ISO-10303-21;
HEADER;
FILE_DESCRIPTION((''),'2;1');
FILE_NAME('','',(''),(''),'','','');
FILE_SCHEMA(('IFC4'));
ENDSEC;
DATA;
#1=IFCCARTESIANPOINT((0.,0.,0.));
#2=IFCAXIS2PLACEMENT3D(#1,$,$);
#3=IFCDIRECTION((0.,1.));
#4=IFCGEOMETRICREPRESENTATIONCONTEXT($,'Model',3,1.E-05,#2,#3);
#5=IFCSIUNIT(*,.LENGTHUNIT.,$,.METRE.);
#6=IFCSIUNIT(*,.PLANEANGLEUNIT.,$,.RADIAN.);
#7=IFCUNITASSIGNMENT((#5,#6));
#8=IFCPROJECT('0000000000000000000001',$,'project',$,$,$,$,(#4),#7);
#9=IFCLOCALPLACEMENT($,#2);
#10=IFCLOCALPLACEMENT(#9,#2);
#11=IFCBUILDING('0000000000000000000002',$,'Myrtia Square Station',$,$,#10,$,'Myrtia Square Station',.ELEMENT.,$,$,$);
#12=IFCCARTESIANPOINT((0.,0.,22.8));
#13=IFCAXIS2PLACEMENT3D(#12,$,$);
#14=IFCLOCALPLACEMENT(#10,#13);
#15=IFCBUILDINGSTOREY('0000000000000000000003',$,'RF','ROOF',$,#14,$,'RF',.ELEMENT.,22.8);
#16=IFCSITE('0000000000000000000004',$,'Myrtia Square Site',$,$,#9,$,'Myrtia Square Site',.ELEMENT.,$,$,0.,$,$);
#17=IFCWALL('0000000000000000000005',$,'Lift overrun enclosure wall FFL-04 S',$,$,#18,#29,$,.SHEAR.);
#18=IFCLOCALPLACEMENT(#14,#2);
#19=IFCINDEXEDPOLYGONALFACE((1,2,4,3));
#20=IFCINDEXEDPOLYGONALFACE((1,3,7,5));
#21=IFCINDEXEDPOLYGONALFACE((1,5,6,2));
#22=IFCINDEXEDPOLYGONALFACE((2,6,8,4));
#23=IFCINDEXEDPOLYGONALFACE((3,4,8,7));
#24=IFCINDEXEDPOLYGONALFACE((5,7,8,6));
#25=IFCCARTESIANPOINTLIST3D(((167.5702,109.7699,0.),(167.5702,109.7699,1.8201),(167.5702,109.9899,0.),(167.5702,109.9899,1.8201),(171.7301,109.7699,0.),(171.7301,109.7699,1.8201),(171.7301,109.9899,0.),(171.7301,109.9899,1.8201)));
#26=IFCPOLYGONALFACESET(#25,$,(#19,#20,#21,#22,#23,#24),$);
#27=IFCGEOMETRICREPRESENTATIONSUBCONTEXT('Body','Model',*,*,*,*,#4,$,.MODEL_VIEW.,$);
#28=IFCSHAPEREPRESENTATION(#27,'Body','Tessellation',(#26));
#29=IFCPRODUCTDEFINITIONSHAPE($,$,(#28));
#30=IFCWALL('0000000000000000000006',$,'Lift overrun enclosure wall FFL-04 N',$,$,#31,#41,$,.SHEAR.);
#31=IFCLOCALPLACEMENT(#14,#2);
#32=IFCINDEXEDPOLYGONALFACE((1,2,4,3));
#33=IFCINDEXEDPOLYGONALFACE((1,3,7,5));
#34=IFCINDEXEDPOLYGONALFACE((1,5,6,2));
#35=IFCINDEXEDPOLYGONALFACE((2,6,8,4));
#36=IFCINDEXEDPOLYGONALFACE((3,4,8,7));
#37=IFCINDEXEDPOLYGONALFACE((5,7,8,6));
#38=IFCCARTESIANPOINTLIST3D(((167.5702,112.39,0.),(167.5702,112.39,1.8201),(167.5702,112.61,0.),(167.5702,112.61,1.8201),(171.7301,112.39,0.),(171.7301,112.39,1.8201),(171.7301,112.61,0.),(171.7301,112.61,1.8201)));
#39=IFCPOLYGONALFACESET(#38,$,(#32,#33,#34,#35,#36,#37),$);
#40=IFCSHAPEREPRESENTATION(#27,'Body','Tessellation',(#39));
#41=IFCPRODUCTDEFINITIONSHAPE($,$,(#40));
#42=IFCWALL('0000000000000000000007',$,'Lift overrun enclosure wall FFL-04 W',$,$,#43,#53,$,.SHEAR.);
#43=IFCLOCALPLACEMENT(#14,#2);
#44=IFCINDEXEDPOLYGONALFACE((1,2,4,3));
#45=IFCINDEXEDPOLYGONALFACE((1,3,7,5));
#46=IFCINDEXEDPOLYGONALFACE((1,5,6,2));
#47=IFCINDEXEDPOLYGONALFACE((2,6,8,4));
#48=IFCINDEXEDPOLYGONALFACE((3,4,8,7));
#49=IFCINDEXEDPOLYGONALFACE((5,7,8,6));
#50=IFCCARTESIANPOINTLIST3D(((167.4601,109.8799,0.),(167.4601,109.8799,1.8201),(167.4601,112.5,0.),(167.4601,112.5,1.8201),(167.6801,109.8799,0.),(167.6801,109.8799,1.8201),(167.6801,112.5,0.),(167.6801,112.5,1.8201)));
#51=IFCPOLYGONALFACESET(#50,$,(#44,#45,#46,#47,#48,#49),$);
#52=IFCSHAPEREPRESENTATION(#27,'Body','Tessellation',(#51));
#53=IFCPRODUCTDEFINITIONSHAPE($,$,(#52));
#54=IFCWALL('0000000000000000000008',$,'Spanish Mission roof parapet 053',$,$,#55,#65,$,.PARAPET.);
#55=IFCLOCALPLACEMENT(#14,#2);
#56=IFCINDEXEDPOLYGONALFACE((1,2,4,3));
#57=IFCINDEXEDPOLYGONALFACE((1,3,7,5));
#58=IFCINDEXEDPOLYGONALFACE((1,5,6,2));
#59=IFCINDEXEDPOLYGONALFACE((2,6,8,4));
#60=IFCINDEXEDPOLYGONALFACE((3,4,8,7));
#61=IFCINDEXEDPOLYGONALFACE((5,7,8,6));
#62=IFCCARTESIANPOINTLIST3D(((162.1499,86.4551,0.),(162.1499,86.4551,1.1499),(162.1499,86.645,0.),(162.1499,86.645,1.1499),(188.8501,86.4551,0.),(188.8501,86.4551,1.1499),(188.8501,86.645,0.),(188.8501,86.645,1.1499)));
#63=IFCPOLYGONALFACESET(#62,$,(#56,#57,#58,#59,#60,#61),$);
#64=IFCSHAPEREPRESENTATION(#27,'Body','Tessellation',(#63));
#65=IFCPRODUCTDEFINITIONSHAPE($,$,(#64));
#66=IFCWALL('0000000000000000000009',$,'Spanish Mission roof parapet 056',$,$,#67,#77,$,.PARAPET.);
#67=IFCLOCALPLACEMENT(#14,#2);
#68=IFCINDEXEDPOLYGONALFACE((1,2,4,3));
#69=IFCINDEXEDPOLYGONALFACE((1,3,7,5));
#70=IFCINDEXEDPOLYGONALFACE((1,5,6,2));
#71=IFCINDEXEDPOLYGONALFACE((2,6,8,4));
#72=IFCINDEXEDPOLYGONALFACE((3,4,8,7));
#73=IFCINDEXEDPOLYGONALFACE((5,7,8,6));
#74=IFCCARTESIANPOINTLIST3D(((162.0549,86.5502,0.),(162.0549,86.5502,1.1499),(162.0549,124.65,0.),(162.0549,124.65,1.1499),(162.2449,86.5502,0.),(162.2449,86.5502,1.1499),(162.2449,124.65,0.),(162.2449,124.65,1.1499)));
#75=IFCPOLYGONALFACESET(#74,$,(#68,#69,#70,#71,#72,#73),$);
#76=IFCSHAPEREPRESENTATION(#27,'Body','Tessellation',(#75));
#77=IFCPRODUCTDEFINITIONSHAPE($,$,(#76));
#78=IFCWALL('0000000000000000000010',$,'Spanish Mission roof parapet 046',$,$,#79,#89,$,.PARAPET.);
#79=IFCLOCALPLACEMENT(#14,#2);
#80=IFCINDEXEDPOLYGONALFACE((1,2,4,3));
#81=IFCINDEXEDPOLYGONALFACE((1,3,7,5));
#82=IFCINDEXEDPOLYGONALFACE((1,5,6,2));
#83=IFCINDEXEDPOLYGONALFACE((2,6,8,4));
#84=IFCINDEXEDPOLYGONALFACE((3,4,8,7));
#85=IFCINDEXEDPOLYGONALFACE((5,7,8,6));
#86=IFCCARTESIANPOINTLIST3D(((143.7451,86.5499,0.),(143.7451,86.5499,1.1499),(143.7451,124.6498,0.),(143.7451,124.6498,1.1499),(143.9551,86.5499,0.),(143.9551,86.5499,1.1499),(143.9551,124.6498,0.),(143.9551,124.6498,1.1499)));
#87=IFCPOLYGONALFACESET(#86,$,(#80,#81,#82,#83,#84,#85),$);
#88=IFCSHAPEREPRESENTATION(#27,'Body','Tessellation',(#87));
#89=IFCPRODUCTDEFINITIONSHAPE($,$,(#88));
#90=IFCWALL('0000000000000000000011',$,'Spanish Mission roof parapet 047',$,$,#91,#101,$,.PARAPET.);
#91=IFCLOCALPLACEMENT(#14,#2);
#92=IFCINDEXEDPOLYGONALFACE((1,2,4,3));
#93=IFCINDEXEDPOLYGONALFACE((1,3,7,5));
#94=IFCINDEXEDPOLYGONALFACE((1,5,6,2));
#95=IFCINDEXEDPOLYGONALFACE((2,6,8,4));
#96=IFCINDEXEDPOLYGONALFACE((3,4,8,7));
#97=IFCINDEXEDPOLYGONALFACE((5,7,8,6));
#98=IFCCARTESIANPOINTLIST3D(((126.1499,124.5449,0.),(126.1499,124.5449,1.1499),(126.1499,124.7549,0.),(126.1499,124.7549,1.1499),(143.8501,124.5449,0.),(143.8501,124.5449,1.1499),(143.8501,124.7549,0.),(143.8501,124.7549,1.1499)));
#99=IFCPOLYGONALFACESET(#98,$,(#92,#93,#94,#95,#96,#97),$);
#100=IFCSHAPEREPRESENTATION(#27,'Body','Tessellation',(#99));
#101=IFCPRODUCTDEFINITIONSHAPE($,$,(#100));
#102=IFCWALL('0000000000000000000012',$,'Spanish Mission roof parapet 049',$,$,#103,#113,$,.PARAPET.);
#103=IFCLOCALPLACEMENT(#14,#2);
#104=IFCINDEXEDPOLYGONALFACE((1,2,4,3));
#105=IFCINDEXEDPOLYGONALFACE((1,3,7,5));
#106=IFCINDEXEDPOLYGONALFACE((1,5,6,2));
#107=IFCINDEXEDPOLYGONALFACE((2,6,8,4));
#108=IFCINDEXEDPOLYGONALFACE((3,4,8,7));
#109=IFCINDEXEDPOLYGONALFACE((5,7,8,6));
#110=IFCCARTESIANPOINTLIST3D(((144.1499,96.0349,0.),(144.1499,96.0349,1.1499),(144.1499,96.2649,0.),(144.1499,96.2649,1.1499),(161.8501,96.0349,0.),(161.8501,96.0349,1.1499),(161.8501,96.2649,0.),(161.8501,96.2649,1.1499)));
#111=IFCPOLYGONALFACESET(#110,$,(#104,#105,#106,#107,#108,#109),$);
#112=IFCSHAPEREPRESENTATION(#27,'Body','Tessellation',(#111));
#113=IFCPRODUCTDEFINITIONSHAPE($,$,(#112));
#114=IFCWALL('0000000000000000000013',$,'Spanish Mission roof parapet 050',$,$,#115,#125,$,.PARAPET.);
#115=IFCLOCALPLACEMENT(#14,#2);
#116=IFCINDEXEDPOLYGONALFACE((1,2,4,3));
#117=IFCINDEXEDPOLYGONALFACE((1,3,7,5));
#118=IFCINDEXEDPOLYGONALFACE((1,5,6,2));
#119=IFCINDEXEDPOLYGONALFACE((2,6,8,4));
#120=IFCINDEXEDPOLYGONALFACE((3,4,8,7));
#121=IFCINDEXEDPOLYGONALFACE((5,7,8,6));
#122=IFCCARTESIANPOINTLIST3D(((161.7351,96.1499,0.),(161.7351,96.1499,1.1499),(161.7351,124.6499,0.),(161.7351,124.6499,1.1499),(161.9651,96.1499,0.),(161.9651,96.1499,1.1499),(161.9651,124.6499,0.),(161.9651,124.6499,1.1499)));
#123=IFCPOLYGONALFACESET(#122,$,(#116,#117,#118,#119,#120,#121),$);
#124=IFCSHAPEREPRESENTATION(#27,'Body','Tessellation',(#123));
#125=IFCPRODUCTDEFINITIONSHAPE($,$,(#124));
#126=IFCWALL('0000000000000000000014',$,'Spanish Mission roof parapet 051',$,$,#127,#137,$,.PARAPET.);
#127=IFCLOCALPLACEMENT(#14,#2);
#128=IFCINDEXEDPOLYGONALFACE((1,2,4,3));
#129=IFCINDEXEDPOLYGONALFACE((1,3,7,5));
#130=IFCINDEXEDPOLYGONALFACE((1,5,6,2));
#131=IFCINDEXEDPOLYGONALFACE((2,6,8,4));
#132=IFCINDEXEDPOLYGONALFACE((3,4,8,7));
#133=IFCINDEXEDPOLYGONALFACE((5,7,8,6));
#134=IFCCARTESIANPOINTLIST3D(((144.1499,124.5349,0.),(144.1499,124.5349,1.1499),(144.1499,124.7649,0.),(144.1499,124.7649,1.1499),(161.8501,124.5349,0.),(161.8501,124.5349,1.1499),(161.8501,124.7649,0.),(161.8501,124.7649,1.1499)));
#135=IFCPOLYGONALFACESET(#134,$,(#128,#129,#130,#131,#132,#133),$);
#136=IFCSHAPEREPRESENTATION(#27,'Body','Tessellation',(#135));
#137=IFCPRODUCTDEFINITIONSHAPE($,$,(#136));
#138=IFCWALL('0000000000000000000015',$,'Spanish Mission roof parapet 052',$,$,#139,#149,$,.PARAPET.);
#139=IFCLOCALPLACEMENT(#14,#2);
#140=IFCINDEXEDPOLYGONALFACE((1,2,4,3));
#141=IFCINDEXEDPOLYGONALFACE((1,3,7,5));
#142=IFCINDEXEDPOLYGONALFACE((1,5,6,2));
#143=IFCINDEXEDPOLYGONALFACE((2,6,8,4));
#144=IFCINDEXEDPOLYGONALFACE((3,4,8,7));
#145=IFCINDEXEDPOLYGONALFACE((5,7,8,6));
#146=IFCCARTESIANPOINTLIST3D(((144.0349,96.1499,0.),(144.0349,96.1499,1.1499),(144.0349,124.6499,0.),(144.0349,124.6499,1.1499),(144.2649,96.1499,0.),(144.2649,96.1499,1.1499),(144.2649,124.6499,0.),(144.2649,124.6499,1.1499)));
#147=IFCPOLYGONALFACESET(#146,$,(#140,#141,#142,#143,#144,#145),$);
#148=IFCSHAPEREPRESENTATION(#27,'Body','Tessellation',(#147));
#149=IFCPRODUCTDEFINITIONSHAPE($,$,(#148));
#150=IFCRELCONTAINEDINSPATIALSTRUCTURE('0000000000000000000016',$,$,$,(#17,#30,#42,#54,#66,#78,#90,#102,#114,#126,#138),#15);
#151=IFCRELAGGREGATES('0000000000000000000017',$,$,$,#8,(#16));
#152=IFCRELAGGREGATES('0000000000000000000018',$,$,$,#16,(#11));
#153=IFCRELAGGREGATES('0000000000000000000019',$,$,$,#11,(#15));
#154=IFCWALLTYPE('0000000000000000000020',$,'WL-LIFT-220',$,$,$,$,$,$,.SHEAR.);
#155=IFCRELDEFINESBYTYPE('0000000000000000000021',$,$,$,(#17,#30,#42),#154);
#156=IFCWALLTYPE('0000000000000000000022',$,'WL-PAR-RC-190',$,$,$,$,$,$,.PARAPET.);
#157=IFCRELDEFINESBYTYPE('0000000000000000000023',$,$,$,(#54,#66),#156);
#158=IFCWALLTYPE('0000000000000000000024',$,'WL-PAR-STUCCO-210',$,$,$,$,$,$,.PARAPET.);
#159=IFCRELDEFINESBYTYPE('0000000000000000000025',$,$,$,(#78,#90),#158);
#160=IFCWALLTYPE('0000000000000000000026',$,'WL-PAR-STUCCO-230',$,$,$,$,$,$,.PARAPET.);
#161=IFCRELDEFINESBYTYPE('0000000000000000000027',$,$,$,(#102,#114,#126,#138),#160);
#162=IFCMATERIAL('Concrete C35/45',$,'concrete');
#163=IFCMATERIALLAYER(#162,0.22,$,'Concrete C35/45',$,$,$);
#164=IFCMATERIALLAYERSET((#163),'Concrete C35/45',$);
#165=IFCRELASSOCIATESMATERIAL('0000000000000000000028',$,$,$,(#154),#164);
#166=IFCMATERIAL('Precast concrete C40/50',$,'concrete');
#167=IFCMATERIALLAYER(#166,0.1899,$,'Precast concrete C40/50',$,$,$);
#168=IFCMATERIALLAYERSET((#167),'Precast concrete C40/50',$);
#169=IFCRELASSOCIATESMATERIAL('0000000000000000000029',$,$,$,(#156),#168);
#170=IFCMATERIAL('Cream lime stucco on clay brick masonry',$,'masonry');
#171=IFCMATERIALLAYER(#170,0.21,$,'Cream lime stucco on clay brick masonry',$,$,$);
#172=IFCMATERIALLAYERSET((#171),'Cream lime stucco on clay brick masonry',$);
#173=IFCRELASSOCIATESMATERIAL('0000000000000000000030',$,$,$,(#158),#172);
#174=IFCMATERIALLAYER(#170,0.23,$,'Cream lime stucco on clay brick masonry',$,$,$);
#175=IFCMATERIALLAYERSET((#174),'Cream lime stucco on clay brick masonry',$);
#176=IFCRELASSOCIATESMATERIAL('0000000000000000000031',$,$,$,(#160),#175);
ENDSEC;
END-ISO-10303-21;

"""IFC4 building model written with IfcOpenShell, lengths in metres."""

from ifc_helpers import new_model, si_unit, direction, frame, frame_2d, origin, place, context, subcontext, project, spatial, rectangle, extrude, material, layer, layer_set, type_object, element, save


model = new_model("IFC4")

# Units and contexts
model_context = context("Model", 3, precision=1e-05, world=origin(), true_north=direction((0.0, 1.0)))
body_context = subcontext(model_context, "Body", "Model", "MODEL_VIEW")
ifc_project = project(units=[si_unit("LENGTHUNIT", "METRE"), si_unit("PLANEANGLEUNIT", "RADIAN")], contexts=[model_context])

# Site, building, storey
site_placement = place(None, origin())
site = spatial("IfcSite", under=ifc_project, at=site_placement, Name="Myrtia Square Site", LongName="Myrtia Square Site", CompositionType="ELEMENT", RefElevation=0.0)
building_placement = place(site_placement, origin())
building = spatial("IfcBuilding", under=site, at=building_placement, Name="Myrtia Square Station", LongName="Myrtia Square Station", CompositionType="ELEMENT")
storey_placement = place(building_placement, frame((0.0, 0.0, 22.8)))
storey = spatial("IfcBuildingStorey", under=building, at=storey_placement, Name="RF", Description="ROOF", LongName="RF", CompositionType="ELEMENT", Elevation=22.8)

# Shared definitions
ifc_material_1 = material(Name="Concrete C35/45", Category="concrete")

# Walls
ifc_layer_1 = layer(ifc_material_1, 0.22, Name="Concrete C35/45")
ifc_layer_set_1 = layer_set([ifc_layer_1], Name="Concrete C35/45")
wall_type_1 = type_object("IfcWallType", Name="WL-LIFT-220", PredefinedType="SHEAR", material=ifc_layer_set_1)
for number, where, z_axis, x_axis, name in (
    (1, (167.5701, 109.8799, 0.0), (0.0, 0.0, 1.0), (1.0, 0.0, 0.0), "Lift overrun enclosure wall FFL-04 S"),
    (2, (167.5701, 112.5, 0.0), (0.0, 0.0, 1.0), (1.0, 0.0, 0.0), "Lift overrun enclosure wall FFL-04 N"),
):
    element("IfcWall", number, at=place(storey_placement, frame(where, z_axis=z_axis, x_axis=x_axis)), inside=storey, type_object=wall_type_1, Name=name, PredefinedType="SHEAR", context=body_context, shape_type="SweptSolid", body=[
        extrude(rectangle(XDim=4.1599, YDim=0.22, at=frame_2d((2.0801, 0.0))), origin(), (0.0, 0.0, 1.0), 1.8201),
    ])
wall_1_placement = place(storey_placement, frame((167.5701, 109.8799, 0.0), z_axis=(0.0, 0.0, 1.0), x_axis=(0.0, 1.0, 0.0)))
element("IfcWall", 3, at=wall_1_placement, inside=storey, type_object=wall_type_1, Name="Lift overrun enclosure wall FFL-04 W", PredefinedType="SHEAR", context=body_context, shape_type="SweptSolid", body=[
    extrude(rectangle(XDim=2.6201, YDim=0.22, at=frame_2d((1.3101, 0.0))), origin(), (0.0, 0.0, 1.0), 1.8201),
])
ifc_material_2 = material(Name="Precast concrete C40/50", Category="concrete")
ifc_layer_2 = layer(ifc_material_2, 0.1899, Name="Precast concrete C40/50")
ifc_layer_set_2 = layer_set([ifc_layer_2], Name="Precast concrete C40/50")
wall_type_2 = type_object("IfcWallType", Name="WL-PAR-RC-190", PredefinedType="PARAPET", material=ifc_layer_set_2)
wall_2_placement = place(storey_placement, frame((162.1499, 86.55, 0.0), z_axis=(0.0, 0.0, 1.0), x_axis=(1.0, 0.0, 0.0)))
element("IfcWall", 4, at=wall_2_placement, inside=storey, type_object=wall_type_2, Name="Spanish Mission roof parapet 053", PredefinedType="PARAPET", context=body_context, shape_type="SweptSolid", body=[
    extrude(rectangle(XDim=26.7002, YDim=0.1899, at=frame_2d((13.3501, 0.0))), origin(), (0.0, 0.0, 1.0), 1.1499),
])
wall_3_placement = place(storey_placement, frame((162.1499, 124.6499, 0.0), z_axis=(0.0, 0.0, 1.0), x_axis=(0.0, -1.0, 0.0)))
element("IfcWall", 5, at=wall_3_placement, inside=storey, type_object=wall_type_2, Name="Spanish Mission roof parapet 056", PredefinedType="PARAPET", context=body_context, shape_type="SweptSolid", body=[
    extrude(rectangle(XDim=38.0999, YDim=0.1899, at=frame_2d((19.0498, 0.0))), origin(), (0.0, 0.0, 1.0), 1.1499),
])
ifc_material_3 = material(Name="Cream lime stucco on clay brick masonry", Category="masonry")
ifc_layer_3 = layer(ifc_material_3, 0.21, Name="Cream lime stucco on clay brick masonry")
ifc_layer_set_3 = layer_set([ifc_layer_3], Name="Cream lime stucco on clay brick masonry")
wall_type_3 = type_object("IfcWallType", Name="WL-PAR-STUCCO-210", PredefinedType="PARAPET", material=ifc_layer_set_3)
wall_4_placement = place(storey_placement, frame((143.8501, 86.55, 0.0), z_axis=(0.0, 0.0, 1.0), x_axis=(0.0, 1.0, 0.0)))
element("IfcWall", 6, at=wall_4_placement, inside=storey, type_object=wall_type_3, Name="Spanish Mission roof parapet 046", PredefinedType="PARAPET", context=body_context, shape_type="SweptSolid", body=[
    extrude(rectangle(XDim=38.0999, YDim=0.21, at=frame_2d((19.0498, 0.0))), origin(), (0.0, 0.0, 1.0), 1.1499),
])
wall_5_placement = place(storey_placement, frame((143.8501, 124.6499, 0.0), z_axis=(0.0, 0.0, 1.0), x_axis=(-1.0, 0.0, 0.0)))
element("IfcWall", 7, at=wall_5_placement, inside=storey, type_object=wall_type_3, Name="Spanish Mission roof parapet 047", PredefinedType="PARAPET", context=body_context, shape_type="SweptSolid", body=[
    extrude(rectangle(XDim=17.7002, YDim=0.21, at=frame_2d((8.8501, 0.0))), origin(), (0.0, 0.0, 1.0), 1.1499),
])
ifc_layer_4 = layer(ifc_material_3, 0.23, Name="Cream lime stucco on clay brick masonry")
ifc_layer_set_4 = layer_set([ifc_layer_4], Name="Cream lime stucco on clay brick masonry")
wall_type_4 = type_object("IfcWallType", Name="WL-PAR-STUCCO-230", PredefinedType="PARAPET", material=ifc_layer_set_4)
wall_6_placement = place(storey_placement, frame((144.1499, 96.1499, 0.0), z_axis=(0.0, 0.0, 1.0), x_axis=(1.0, 0.0, 0.0)))
element("IfcWall", 8, at=wall_6_placement, inside=storey, type_object=wall_type_4, Name="Spanish Mission roof parapet 049", PredefinedType="PARAPET", context=body_context, shape_type="SweptSolid", body=[
    extrude(rectangle(XDim=17.7002, YDim=0.23, at=frame_2d((8.8501, 0.0))), origin(), (0.0, 0.0, 1.0), 1.1499),
])
wall_7_placement = place(storey_placement, frame((161.8501, 96.1499, 0.0), z_axis=(0.0, 0.0, 1.0), x_axis=(0.0, 1.0, 0.0)))
element("IfcWall", 9, at=wall_7_placement, inside=storey, type_object=wall_type_4, Name="Spanish Mission roof parapet 050", PredefinedType="PARAPET", context=body_context, shape_type="SweptSolid", body=[
    extrude(rectangle(XDim=28.5, YDim=0.23, at=frame_2d((14.25, 0.0))), origin(), (0.0, 0.0, 1.0), 1.1499),
])
wall_8_placement = place(storey_placement, frame((161.8501, 124.6499, 0.0), z_axis=(0.0, 0.0, 1.0), x_axis=(-1.0, 0.0, 0.0)))
element("IfcWall", 10, at=wall_8_placement, inside=storey, type_object=wall_type_4, Name="Spanish Mission roof parapet 051", PredefinedType="PARAPET", context=body_context, shape_type="SweptSolid", body=[
    extrude(rectangle(XDim=17.7002, YDim=0.23, at=frame_2d((8.8501, 0.0))), origin(), (0.0, 0.0, 1.0), 1.1499),
])
wall_9_placement = place(storey_placement, frame((144.1499, 124.6499, 0.0), z_axis=(0.0, 0.0, 1.0), x_axis=(0.0, -1.0, 0.0)))
element("IfcWall", 11, at=wall_9_placement, inside=storey, type_object=wall_type_4, Name="Spanish Mission roof parapet 052", PredefinedType="PARAPET", context=body_context, shape_type="SweptSolid", body=[
    extrude(rectangle(XDim=28.5, YDim=0.23, at=frame_2d((14.25, 0.0))), origin(), (0.0, 0.0, 1.0), 1.1499),
])

save(model, "model.ifc")
